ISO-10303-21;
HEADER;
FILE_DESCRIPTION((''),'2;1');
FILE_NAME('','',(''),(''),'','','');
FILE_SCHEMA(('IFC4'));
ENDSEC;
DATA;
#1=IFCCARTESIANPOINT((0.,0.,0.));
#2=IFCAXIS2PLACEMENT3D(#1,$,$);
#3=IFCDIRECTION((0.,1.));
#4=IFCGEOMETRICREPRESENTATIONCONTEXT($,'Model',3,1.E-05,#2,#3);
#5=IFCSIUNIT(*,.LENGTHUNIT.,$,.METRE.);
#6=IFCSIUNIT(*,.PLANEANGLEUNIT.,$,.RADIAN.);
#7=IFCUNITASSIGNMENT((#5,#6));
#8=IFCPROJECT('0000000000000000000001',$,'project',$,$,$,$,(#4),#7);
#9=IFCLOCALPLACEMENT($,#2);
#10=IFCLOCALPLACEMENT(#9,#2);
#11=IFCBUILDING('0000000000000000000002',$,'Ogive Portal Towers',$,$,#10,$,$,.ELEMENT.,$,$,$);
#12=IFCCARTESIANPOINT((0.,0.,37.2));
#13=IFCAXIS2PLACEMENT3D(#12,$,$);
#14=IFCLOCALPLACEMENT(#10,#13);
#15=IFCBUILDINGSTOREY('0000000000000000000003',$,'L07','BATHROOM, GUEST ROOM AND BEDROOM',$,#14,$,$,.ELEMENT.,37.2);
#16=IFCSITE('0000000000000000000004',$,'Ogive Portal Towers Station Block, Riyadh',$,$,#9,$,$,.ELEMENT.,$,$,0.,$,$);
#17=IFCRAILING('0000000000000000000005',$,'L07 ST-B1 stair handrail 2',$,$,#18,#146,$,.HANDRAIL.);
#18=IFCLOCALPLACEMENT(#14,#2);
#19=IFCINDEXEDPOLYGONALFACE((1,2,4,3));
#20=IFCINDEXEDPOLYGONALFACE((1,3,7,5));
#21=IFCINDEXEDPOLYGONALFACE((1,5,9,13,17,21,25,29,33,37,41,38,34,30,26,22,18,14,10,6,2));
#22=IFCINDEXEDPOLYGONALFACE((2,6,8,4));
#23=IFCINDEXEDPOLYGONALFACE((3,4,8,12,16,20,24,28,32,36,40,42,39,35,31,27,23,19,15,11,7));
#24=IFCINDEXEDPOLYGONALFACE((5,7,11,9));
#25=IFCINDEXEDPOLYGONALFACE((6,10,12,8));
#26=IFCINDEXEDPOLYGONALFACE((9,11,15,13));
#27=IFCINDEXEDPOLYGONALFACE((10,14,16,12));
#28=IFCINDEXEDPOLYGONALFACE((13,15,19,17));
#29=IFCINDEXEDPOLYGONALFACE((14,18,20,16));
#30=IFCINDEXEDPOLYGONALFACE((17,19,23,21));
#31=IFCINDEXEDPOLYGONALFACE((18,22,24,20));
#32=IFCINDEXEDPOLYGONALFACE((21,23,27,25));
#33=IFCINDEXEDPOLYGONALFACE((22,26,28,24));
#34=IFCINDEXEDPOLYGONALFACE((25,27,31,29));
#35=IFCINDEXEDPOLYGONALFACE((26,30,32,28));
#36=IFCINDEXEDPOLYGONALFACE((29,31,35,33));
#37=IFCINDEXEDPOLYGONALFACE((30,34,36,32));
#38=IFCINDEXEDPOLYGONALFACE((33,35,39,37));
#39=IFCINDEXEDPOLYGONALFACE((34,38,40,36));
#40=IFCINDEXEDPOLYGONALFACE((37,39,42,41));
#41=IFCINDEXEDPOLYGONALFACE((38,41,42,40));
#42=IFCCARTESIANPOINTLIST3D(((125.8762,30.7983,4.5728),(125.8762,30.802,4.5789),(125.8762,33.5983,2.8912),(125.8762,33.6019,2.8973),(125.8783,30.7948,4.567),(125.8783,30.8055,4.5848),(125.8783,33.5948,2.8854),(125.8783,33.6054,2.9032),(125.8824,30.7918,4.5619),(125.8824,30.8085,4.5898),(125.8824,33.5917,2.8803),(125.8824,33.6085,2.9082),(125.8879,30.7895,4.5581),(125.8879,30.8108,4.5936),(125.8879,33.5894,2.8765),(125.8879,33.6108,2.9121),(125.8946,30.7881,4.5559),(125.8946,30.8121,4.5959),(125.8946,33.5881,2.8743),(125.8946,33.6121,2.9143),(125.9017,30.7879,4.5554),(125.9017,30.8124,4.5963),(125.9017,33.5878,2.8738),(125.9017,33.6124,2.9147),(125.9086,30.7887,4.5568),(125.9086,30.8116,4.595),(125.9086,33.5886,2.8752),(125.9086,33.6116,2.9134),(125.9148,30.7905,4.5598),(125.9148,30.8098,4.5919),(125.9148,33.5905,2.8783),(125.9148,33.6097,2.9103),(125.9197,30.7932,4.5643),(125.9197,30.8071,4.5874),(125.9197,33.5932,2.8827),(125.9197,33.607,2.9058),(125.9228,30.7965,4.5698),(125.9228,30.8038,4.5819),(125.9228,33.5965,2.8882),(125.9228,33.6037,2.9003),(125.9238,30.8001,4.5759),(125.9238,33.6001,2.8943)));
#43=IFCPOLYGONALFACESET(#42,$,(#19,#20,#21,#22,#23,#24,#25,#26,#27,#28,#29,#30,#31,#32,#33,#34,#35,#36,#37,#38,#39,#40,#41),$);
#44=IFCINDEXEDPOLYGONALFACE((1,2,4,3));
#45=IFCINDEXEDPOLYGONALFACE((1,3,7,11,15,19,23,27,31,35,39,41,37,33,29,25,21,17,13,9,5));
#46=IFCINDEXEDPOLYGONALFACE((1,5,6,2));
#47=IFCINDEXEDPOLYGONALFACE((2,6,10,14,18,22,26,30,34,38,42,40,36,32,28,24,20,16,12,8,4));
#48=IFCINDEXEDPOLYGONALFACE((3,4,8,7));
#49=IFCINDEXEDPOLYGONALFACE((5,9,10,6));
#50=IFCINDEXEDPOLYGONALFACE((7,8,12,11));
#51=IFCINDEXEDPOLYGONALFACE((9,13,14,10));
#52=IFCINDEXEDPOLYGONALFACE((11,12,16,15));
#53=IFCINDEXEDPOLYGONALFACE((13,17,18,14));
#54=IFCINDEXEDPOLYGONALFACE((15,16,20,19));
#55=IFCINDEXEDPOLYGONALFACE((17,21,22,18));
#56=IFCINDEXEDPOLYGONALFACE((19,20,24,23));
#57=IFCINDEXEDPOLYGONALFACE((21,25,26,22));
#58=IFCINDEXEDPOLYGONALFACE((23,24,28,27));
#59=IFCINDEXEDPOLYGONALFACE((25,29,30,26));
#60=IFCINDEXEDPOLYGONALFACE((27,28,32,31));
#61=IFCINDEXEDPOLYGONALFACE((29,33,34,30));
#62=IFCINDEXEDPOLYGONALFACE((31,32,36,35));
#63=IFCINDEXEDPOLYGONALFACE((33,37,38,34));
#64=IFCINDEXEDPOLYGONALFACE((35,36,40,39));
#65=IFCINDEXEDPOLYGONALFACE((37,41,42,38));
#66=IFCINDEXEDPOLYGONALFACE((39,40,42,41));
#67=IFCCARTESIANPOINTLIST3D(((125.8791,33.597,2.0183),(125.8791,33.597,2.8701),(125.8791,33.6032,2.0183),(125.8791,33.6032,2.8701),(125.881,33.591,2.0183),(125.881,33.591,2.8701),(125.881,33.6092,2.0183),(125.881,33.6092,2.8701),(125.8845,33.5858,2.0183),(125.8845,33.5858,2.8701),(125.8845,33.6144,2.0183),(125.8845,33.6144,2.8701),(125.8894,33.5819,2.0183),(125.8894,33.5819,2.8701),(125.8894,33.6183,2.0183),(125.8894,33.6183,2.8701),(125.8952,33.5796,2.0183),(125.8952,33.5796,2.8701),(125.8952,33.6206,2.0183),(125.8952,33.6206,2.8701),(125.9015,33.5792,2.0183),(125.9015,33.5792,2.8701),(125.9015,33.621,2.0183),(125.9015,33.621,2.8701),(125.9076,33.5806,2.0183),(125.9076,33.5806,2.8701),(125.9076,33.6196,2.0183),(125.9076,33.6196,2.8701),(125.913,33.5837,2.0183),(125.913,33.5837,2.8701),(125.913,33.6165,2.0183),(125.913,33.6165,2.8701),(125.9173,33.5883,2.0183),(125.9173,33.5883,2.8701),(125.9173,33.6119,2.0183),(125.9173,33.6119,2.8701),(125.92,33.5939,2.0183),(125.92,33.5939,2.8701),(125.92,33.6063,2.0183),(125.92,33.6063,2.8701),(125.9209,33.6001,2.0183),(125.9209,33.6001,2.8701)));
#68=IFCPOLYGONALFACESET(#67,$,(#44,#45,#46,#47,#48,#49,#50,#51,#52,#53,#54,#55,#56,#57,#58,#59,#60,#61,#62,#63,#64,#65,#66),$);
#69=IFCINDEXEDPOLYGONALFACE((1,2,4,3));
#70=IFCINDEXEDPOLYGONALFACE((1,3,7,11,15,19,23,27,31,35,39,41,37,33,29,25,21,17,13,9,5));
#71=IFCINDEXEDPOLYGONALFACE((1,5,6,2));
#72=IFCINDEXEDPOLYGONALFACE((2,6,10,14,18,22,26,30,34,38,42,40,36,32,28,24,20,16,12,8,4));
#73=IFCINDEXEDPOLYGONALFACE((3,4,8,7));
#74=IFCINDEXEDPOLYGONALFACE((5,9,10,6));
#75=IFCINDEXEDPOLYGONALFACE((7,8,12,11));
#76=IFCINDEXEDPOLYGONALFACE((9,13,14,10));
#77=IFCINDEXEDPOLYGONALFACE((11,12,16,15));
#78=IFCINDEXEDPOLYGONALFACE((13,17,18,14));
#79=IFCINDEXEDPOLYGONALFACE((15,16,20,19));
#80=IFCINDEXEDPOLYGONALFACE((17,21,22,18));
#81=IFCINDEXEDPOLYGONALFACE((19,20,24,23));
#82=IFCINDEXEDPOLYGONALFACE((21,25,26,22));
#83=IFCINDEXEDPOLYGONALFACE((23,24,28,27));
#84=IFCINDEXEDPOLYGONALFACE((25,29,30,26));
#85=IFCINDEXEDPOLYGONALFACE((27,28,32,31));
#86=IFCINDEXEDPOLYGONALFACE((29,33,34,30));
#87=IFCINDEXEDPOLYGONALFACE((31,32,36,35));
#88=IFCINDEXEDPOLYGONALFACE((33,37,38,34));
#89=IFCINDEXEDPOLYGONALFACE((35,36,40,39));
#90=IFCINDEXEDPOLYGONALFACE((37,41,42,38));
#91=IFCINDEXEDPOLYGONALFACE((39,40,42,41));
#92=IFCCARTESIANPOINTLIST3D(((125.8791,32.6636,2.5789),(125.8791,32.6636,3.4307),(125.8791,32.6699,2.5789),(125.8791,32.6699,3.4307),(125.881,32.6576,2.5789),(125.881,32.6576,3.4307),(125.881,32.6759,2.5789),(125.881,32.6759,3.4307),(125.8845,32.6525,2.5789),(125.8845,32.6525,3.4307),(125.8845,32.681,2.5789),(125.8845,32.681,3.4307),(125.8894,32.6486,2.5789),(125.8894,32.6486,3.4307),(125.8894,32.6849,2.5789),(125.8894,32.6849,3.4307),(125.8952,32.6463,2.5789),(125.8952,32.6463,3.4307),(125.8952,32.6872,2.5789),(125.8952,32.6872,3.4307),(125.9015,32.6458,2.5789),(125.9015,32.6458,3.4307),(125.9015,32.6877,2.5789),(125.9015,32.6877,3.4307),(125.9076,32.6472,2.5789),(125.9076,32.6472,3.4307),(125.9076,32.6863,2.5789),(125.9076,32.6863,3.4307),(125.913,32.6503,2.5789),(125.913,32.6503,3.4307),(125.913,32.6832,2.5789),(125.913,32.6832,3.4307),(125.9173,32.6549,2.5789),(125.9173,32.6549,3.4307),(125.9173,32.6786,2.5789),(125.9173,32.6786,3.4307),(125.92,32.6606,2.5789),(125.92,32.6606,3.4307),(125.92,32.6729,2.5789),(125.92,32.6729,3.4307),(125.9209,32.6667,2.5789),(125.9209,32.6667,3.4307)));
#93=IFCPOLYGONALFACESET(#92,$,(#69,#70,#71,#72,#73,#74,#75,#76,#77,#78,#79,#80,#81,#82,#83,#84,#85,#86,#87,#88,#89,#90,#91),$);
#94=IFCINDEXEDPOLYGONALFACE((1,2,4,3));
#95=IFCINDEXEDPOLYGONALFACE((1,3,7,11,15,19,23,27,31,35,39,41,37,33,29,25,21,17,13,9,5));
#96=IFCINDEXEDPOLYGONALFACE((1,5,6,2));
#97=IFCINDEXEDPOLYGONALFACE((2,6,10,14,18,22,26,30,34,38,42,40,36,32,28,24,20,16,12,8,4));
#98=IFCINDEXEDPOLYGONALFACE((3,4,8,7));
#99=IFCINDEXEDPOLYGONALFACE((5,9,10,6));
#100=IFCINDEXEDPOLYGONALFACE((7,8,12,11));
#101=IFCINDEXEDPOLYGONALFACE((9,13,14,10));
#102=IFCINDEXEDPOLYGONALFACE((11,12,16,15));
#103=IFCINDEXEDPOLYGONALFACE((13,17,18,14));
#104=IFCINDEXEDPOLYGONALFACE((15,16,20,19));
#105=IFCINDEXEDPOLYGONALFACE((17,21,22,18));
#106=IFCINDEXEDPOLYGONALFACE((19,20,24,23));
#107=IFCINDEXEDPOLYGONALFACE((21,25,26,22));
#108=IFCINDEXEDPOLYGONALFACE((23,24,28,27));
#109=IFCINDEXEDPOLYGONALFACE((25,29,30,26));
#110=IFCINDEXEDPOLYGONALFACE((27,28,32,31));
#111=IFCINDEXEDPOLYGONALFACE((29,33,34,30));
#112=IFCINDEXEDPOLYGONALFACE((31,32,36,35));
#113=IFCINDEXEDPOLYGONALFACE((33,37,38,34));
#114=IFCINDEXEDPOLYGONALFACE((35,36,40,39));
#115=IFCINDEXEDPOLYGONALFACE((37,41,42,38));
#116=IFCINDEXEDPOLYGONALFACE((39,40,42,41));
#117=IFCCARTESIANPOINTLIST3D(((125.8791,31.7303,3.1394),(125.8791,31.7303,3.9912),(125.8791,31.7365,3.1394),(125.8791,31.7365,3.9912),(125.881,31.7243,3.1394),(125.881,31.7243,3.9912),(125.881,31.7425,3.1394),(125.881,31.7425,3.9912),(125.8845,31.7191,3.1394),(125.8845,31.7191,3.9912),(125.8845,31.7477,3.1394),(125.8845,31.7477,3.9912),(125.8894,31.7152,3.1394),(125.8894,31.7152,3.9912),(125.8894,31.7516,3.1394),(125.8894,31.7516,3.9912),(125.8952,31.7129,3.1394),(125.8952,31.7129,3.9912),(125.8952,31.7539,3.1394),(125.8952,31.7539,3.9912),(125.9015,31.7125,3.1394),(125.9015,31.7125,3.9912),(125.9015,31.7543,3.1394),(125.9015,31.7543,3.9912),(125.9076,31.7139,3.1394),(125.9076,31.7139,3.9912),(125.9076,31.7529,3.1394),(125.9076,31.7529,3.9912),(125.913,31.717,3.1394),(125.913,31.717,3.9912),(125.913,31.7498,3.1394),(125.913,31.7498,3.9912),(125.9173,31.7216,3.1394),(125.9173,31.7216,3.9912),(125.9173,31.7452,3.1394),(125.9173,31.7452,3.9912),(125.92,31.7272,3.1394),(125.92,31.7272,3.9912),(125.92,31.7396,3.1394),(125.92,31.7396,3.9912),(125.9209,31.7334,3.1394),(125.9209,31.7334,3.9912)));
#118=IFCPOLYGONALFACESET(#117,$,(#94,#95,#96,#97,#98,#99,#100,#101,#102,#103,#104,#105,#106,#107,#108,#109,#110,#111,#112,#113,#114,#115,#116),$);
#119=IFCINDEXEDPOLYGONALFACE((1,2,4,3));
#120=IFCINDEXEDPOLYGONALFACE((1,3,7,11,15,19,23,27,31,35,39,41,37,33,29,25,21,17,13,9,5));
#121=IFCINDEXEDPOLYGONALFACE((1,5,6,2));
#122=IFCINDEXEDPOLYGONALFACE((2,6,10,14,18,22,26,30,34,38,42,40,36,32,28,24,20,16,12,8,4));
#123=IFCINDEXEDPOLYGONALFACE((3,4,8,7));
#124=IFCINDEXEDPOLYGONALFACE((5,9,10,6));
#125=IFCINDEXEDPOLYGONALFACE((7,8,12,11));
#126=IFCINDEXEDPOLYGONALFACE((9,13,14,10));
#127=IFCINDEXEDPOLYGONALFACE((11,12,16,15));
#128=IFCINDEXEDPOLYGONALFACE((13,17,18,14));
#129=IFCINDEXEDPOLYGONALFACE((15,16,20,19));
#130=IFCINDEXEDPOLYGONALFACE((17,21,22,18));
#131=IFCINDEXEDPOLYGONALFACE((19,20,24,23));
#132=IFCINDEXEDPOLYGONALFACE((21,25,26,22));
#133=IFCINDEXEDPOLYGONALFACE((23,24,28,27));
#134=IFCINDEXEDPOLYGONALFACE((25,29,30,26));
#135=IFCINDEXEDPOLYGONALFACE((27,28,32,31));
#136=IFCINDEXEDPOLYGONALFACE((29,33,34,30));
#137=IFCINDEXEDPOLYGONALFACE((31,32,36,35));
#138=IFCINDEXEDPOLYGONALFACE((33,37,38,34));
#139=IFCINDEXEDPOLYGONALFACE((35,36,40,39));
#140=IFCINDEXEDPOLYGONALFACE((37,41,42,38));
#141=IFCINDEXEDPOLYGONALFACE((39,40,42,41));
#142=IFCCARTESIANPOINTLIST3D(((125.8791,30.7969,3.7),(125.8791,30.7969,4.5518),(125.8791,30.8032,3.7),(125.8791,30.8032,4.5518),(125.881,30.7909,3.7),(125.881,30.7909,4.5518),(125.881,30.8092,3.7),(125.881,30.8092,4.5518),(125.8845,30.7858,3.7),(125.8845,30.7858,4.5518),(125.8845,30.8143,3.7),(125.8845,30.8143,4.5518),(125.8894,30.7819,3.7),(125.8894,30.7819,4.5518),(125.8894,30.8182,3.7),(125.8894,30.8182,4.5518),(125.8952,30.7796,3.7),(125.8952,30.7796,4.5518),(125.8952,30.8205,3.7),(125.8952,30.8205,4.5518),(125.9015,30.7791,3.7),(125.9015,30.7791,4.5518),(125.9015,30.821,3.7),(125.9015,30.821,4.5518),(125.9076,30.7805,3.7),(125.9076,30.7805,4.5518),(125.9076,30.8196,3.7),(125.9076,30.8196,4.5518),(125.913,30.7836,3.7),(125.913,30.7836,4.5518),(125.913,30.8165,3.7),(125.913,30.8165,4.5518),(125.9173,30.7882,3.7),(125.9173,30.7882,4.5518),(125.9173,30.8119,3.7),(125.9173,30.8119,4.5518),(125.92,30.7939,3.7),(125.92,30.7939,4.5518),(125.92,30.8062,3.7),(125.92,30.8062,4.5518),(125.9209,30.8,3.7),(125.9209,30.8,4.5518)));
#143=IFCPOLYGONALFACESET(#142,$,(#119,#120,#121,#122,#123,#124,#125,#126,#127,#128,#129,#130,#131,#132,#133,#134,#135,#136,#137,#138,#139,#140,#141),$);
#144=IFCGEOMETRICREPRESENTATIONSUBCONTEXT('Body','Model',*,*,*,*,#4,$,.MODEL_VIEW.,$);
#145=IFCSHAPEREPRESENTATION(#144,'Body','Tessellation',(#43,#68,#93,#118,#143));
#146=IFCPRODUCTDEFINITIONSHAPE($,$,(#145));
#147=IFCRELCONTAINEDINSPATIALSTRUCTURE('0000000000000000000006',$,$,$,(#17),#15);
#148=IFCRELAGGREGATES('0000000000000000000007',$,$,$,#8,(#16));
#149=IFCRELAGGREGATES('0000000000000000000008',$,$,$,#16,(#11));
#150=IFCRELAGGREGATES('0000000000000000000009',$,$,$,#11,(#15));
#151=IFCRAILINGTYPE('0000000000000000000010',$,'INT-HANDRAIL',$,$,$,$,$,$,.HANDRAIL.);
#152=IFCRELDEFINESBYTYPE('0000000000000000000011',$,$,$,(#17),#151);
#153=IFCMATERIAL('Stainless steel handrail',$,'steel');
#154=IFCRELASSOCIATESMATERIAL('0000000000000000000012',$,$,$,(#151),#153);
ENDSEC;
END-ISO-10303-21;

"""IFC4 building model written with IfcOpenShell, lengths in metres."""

from ifc_helpers import new_model, si_unit, direction, frame, origin, origin_2d, place, context, subcontext, project, spatial, circle, extrude, material, type_object, element, save


model = new_model("IFC4")

# Units and contexts
model_context = context("Model", 3, precision=1e-05, world=origin(), true_north=direction((0.0, 1.0)))
body_context = subcontext(model_context, "Body", "Model", "MODEL_VIEW")
ifc_project = project(units=[si_unit("LENGTHUNIT", "METRE"), si_unit("PLANEANGLEUNIT", "RADIAN")], contexts=[model_context])

# Site, building, storey
site_placement = place(None, origin())
site = spatial("IfcSite", under=ifc_project, at=site_placement, Name="Ogive Portal Towers Station Block, Riyadh", CompositionType="ELEMENT", RefElevation=0.0)
building_placement = place(site_placement, origin())
building = spatial("IfcBuilding", under=site, at=building_placement, Name="Ogive Portal Towers", CompositionType="ELEMENT")
storey_placement = place(building_placement, frame((0.0, 0.0, 37.2)))
storey = spatial("IfcBuildingStorey", under=building, at=storey_placement, Name="L07", Description="BATHROOM, GUEST ROOM AND BEDROOM", CompositionType="ELEMENT", Elevation=37.2)

# Railing
ifc_material_1 = material(Name="Stainless steel handrail", Category="steel")
railing_type_1 = type_object("IfcRailingType", Name="INT-HANDRAIL", PredefinedType="HANDRAIL", material=ifc_material_1)
railing_1_placement = place(storey_placement, frame((125.8999, 33.6001, 2.0183)))
element("IfcRailing", 1, at=railing_1_placement, inside=storey, type_object=railing_type_1, Name="L07 ST-B1 stair handrail 2", PredefinedType="HANDRAIL", context=body_context, shape_type="SweptSolid", body=[
    extrude(circle(Radius=0.0239, at=origin_2d()), frame((0.0, 0.0, 0.876), z_axis=(0.0, -0.857275, 0.514858), x_axis=(1.0, 0.0, 0.0)), (0.0, 0.0, 1.0), 3.2661),
    extrude(circle(Radius=0.021, at=origin_2d()), origin(), (0.0, 0.0, 1.0), 0.8518),
    extrude(circle(Radius=0.021, at=origin_2d()), frame((0.0, -0.9333, 0.5605)), (0.0, 0.0, 1.0), 0.8518),
    extrude(circle(Radius=0.021, at=origin_2d()), frame((0.0, -1.8667, 1.1211)), (0.0, 0.0, 1.0), 0.8518),
    extrude(circle(Radius=0.021, at=origin_2d()), frame((0.0, -2.8, 1.6816)), (0.0, 0.0, 1.0), 0.8518),
])

save(model, "model.ifc")
